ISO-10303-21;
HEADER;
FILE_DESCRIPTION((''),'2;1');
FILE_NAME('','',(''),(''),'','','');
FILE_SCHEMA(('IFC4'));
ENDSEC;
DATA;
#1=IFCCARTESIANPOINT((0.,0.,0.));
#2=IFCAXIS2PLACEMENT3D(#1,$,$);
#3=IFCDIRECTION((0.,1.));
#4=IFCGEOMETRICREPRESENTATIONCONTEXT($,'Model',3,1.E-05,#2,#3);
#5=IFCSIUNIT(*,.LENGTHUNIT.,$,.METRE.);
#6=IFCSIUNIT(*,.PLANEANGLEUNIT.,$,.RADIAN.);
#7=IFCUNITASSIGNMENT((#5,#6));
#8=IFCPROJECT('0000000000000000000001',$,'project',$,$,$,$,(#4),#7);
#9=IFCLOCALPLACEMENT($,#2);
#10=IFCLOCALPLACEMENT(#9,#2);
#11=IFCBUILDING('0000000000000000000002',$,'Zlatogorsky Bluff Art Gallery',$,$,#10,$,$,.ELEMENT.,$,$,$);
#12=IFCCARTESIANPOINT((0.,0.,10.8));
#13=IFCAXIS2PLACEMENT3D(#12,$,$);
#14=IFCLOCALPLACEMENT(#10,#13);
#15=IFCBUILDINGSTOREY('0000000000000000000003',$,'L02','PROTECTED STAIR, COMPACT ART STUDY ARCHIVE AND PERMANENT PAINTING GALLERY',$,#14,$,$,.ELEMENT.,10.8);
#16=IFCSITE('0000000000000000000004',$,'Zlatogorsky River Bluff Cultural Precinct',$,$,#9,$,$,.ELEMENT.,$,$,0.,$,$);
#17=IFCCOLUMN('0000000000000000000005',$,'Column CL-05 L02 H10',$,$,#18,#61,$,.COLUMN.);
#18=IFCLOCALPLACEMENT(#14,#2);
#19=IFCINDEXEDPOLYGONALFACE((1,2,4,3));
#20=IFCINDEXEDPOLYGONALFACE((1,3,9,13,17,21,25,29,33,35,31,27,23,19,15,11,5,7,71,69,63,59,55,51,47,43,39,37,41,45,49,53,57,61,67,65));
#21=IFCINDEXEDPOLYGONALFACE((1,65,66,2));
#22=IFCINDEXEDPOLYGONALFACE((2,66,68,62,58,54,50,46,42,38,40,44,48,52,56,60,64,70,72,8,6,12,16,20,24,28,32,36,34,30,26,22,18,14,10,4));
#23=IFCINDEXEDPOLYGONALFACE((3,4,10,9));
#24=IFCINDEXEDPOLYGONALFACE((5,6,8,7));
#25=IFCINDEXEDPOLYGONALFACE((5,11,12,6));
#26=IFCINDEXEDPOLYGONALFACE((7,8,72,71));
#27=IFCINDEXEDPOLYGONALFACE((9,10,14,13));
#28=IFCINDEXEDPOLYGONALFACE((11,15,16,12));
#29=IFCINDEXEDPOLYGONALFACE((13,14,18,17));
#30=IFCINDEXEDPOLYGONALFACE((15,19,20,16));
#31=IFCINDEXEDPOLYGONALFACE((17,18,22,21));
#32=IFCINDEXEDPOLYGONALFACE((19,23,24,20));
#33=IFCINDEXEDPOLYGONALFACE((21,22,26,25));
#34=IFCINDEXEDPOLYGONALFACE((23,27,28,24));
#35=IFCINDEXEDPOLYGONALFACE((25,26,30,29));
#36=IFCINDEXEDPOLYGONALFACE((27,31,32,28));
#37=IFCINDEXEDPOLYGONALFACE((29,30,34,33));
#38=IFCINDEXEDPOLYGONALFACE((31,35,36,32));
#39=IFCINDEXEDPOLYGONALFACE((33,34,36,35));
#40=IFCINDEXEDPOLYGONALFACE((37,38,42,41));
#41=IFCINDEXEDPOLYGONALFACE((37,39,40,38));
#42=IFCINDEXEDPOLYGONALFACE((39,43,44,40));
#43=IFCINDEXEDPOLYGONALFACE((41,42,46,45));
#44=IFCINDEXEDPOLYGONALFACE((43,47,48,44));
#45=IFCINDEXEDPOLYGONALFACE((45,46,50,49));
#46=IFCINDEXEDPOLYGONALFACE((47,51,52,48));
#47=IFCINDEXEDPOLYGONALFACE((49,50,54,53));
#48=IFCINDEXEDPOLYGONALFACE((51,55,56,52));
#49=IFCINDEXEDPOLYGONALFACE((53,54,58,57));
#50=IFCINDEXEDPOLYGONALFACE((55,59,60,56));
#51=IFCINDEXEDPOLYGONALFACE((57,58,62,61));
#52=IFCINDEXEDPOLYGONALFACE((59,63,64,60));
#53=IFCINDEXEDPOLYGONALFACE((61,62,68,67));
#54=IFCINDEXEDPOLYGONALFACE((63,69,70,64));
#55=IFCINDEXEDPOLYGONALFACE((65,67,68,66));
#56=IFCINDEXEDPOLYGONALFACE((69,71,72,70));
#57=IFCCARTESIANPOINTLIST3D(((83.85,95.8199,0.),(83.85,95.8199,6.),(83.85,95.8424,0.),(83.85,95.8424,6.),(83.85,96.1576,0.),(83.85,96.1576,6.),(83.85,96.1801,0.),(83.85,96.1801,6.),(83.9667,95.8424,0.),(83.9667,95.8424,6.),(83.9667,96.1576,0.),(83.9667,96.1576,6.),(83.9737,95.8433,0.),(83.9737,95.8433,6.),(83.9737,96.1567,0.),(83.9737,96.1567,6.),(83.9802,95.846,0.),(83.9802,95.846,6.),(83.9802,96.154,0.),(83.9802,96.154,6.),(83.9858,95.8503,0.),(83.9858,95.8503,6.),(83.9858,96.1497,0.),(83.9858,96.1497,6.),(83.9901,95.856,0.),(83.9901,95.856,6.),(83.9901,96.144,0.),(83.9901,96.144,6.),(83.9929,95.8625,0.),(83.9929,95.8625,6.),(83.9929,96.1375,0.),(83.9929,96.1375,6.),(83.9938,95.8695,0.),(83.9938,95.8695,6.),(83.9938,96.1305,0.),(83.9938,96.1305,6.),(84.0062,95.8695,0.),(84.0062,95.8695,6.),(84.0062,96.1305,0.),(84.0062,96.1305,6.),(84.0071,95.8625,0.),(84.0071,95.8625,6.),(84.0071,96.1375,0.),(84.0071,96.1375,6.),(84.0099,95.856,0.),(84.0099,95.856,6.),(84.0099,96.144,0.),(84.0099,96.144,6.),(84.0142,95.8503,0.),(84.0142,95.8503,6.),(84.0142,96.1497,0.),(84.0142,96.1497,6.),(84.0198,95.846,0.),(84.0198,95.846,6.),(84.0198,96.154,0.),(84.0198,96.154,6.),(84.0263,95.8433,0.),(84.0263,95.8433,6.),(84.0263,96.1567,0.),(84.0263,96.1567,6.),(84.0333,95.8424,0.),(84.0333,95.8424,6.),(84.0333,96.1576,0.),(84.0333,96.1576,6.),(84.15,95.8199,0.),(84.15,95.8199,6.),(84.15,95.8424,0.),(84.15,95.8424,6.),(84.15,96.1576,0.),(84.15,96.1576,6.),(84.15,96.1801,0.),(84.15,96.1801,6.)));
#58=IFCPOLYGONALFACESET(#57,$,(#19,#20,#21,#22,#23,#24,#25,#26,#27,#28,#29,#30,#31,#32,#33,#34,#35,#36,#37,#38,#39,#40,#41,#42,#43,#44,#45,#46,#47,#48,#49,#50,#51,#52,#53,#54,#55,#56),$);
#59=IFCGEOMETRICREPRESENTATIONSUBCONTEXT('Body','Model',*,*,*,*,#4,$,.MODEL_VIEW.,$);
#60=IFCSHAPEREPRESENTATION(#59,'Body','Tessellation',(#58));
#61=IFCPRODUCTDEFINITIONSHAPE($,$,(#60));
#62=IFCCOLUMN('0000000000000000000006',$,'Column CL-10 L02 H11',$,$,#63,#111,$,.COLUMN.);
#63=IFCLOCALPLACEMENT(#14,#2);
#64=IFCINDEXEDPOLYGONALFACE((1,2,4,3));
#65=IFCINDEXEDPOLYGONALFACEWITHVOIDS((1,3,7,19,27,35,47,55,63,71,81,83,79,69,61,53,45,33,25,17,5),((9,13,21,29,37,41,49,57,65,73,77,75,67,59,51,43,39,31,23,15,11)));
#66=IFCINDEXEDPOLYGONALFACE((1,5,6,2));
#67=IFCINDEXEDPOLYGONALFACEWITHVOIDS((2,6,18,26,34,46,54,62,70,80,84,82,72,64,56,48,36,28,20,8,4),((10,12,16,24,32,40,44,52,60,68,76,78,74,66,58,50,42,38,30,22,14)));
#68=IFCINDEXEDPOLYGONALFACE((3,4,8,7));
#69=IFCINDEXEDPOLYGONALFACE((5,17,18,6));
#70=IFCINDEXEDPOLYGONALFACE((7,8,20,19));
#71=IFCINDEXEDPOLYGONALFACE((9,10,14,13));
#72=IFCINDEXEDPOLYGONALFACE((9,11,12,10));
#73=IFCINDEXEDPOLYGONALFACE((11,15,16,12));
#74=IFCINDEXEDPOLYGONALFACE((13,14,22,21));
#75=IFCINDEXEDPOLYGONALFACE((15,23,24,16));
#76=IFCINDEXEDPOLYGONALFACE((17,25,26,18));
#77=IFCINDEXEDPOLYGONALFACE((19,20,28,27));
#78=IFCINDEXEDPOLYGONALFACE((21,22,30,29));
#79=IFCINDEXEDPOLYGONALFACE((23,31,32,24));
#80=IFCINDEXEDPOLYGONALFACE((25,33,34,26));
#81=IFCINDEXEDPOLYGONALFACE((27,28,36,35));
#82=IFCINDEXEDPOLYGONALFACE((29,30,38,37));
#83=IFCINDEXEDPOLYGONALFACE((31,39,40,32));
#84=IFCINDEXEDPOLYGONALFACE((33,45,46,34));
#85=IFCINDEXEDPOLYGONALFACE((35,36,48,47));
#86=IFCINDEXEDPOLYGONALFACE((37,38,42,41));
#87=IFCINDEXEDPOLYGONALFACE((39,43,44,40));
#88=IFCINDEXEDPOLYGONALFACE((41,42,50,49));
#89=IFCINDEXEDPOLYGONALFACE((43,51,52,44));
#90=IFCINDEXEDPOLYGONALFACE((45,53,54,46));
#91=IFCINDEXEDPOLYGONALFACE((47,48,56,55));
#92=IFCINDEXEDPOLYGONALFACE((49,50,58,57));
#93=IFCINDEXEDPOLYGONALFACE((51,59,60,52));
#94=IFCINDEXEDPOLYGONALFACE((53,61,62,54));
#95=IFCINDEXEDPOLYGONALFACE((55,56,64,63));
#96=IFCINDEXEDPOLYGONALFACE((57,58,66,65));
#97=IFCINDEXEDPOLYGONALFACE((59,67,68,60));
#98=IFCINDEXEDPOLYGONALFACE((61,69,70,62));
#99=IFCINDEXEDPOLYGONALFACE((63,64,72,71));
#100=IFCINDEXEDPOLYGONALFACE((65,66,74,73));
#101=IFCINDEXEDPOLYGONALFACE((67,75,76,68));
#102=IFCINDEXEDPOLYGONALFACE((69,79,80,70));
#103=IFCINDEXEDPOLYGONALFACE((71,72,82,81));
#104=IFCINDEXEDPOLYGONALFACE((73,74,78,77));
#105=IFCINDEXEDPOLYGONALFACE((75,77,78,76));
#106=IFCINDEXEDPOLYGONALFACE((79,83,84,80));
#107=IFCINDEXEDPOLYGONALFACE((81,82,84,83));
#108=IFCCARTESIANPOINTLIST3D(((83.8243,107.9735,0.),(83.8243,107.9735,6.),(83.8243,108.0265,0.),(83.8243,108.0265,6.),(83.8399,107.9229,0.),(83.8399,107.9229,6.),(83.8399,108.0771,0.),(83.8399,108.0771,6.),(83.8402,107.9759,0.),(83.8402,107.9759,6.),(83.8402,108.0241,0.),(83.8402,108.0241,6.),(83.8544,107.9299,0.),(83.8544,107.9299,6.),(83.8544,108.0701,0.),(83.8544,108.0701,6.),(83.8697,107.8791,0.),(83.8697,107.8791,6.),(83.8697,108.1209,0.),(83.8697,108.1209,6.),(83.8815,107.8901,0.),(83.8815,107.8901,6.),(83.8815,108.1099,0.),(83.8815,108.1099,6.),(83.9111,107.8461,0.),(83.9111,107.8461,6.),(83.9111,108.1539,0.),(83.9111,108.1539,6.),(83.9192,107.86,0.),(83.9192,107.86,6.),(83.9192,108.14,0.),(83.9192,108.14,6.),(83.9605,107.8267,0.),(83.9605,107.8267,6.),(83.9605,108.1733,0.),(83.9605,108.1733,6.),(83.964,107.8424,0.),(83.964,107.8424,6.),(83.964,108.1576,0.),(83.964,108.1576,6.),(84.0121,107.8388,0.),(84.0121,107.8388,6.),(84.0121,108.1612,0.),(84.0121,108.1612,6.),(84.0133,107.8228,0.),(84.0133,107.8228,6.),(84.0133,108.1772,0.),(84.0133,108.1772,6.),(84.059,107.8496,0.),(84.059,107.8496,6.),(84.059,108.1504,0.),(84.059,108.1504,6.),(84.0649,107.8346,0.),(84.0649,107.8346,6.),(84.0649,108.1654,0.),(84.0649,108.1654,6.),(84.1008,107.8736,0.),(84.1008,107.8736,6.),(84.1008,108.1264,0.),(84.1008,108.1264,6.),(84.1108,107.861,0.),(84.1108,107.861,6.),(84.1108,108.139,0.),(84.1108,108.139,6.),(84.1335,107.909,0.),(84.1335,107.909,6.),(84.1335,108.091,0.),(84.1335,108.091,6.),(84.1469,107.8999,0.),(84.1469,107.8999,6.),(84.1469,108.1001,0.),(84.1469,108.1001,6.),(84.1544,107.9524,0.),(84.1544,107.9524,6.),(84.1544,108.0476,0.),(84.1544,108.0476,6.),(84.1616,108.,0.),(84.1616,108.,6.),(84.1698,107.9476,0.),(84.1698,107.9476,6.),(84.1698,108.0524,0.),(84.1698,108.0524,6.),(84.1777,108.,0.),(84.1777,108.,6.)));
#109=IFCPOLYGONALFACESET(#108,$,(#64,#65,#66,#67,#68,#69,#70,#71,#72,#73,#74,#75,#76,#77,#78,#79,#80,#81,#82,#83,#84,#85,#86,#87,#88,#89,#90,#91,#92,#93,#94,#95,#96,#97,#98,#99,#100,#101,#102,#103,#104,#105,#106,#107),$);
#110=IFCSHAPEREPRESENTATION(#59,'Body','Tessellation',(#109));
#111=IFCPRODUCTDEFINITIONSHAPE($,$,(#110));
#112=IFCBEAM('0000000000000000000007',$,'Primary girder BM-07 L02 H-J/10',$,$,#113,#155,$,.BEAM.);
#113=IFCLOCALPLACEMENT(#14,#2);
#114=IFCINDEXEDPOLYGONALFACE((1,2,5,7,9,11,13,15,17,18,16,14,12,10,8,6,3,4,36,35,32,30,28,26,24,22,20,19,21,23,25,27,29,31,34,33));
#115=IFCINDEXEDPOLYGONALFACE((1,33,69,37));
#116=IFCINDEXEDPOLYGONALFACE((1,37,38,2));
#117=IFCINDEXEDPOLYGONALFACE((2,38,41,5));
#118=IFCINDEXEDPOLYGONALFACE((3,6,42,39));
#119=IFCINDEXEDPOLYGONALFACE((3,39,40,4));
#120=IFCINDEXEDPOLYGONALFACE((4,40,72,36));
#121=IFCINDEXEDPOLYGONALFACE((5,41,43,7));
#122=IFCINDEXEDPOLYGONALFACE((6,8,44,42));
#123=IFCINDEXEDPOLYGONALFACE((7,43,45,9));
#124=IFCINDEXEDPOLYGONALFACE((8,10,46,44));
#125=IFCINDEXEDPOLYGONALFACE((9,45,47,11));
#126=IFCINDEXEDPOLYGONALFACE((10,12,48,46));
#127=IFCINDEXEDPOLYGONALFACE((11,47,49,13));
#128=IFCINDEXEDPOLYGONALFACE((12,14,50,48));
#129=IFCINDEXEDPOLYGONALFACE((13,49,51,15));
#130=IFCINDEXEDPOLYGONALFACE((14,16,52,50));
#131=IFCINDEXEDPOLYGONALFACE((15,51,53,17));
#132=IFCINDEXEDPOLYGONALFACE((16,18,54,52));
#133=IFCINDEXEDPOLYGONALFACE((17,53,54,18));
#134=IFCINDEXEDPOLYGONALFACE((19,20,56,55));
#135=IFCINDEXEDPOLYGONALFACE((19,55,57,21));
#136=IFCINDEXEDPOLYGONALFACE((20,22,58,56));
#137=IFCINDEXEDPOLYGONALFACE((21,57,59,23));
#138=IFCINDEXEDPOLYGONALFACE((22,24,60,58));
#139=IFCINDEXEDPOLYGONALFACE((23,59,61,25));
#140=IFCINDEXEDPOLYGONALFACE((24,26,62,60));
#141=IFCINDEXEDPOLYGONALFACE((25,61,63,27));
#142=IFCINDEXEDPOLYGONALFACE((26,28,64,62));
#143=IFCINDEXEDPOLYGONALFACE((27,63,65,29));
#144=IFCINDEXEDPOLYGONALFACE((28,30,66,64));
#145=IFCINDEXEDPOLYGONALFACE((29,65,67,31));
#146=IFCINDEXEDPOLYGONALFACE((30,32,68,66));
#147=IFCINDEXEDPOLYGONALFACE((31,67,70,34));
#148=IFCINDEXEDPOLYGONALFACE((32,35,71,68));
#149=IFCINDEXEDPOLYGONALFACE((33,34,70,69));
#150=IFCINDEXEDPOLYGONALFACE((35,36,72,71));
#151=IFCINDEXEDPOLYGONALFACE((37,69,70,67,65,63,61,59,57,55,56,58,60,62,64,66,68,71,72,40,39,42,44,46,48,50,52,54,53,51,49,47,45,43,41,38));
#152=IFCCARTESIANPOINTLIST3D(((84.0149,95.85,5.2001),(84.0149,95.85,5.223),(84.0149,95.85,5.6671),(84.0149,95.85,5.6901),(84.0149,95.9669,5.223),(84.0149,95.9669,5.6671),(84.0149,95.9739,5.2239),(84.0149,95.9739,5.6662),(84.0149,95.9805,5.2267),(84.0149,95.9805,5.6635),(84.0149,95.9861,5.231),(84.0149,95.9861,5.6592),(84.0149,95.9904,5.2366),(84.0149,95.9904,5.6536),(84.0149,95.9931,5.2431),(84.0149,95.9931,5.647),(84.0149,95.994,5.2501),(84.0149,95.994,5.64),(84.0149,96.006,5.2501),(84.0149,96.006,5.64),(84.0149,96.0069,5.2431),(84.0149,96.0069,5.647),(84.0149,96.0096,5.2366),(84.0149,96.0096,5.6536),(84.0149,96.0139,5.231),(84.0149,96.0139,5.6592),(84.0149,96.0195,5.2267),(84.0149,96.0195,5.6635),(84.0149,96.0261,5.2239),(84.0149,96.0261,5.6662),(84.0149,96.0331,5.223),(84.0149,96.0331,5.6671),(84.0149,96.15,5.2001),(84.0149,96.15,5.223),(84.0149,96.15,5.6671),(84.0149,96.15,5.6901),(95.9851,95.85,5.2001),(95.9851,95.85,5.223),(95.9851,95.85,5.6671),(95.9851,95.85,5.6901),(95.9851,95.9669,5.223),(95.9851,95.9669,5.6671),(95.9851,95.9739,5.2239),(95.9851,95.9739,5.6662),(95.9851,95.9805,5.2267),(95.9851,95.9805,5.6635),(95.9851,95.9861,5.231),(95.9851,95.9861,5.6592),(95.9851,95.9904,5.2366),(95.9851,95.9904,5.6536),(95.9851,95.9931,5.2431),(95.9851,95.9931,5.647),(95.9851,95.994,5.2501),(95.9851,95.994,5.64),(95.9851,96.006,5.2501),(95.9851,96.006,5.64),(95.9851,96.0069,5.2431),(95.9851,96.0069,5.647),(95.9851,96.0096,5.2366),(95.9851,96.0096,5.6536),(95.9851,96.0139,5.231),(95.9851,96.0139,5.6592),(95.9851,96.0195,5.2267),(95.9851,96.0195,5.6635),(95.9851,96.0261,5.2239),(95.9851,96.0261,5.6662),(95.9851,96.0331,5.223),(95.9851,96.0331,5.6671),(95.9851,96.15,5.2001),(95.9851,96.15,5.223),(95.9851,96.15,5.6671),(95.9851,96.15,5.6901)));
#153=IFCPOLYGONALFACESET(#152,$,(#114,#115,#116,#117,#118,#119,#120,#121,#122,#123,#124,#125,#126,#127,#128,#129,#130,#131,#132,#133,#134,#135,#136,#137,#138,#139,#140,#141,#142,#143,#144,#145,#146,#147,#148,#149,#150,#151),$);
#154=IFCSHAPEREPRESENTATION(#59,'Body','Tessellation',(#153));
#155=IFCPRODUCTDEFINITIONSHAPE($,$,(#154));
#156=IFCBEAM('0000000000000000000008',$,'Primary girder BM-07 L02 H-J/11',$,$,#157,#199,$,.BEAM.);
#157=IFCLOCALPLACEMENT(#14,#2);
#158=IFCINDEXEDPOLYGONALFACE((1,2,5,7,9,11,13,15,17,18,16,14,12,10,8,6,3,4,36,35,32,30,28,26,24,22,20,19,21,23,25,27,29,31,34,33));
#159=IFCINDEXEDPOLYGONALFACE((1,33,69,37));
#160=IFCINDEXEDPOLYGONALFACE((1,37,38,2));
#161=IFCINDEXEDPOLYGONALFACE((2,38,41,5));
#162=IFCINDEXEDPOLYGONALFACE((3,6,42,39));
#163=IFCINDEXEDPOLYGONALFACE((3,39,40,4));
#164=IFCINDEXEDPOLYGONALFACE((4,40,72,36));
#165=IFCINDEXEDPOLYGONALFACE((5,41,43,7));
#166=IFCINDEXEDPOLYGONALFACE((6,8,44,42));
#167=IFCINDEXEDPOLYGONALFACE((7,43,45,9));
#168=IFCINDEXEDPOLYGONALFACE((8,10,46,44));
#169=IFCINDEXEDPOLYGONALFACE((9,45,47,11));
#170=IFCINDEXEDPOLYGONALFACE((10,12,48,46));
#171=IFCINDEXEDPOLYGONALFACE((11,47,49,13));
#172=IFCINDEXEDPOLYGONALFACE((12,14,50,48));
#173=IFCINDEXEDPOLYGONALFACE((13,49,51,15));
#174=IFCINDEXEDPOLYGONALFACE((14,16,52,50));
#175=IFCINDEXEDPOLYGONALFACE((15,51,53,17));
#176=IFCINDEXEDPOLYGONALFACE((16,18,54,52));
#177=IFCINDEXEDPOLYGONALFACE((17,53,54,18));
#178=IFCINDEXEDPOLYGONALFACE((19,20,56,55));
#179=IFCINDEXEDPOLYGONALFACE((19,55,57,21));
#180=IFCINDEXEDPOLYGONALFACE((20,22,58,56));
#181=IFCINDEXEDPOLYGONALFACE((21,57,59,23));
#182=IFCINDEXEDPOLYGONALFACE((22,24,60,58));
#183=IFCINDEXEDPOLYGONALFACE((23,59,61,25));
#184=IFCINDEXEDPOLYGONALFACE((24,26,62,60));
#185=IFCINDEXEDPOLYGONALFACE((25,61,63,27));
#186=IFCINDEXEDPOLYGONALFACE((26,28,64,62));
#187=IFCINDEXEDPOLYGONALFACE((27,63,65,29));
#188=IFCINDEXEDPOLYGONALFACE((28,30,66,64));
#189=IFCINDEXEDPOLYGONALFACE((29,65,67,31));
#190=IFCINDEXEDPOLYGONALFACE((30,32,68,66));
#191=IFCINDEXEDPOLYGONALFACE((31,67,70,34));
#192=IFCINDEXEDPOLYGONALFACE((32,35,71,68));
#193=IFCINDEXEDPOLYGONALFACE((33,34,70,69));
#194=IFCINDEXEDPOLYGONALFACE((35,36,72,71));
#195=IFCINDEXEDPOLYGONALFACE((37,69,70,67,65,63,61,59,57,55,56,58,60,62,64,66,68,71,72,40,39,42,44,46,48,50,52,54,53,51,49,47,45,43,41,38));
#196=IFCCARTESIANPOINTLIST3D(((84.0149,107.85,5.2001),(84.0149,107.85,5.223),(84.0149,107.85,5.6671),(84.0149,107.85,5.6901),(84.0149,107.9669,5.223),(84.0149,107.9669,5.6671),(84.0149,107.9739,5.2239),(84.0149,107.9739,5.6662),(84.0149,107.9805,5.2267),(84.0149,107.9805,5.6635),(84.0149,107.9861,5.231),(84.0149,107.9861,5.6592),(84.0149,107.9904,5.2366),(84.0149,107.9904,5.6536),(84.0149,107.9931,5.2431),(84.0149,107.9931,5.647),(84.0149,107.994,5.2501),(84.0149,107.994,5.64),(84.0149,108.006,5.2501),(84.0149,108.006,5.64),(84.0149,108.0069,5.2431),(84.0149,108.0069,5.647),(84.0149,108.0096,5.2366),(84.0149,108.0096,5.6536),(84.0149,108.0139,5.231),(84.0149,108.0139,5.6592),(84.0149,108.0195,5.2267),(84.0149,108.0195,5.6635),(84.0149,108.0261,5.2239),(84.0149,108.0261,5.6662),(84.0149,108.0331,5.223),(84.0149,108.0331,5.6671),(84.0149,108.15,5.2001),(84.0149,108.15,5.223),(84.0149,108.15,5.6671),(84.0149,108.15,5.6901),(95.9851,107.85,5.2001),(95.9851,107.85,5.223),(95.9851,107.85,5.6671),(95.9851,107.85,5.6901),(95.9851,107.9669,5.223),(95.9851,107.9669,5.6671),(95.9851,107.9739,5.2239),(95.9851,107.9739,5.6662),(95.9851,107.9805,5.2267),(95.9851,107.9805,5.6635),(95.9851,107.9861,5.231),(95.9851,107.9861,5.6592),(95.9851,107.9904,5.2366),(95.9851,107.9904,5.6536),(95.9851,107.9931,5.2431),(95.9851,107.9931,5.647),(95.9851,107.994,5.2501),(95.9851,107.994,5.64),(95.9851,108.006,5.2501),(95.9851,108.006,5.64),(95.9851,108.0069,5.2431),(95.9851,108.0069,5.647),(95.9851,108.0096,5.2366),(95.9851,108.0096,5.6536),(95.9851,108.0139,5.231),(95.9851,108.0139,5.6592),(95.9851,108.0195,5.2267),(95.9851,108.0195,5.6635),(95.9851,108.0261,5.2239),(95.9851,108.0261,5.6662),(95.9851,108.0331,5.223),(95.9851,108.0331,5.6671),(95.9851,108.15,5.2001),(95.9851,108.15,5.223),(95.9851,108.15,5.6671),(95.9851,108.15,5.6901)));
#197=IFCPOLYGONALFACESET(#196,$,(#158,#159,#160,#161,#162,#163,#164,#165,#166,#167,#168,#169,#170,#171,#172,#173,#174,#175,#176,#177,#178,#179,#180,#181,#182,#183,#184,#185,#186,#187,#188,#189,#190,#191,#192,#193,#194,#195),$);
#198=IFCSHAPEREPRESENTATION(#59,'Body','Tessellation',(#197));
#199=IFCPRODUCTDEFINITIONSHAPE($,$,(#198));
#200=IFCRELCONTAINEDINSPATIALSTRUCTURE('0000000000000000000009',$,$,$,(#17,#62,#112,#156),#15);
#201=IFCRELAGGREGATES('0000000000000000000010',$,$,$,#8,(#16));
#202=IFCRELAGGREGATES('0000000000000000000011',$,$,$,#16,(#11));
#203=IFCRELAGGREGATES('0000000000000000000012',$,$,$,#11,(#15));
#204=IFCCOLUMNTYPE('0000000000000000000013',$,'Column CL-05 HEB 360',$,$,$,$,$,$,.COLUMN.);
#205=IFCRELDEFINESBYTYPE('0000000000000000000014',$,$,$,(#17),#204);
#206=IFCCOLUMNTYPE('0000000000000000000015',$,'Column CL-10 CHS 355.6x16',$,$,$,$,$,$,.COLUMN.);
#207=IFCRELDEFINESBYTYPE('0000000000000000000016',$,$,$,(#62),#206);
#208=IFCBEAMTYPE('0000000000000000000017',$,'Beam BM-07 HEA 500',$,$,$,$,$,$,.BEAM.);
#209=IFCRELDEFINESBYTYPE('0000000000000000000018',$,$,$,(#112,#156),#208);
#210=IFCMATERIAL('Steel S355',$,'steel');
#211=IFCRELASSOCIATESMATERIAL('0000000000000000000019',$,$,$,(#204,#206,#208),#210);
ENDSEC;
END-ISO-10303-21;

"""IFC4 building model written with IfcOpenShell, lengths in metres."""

from ifc_helpers import new_model, si_unit, direction, frame, origin, origin_2d, place, context, subcontext, project, spatial, hollow_circle, i_section, extrude, material, material_profile, profile_set, type_object, element, save


model = new_model("IFC4")

# Units and contexts
model_context = context("Model", 3, precision=1e-05, world=origin(), true_north=direction((0.0, 1.0)))
body_context = subcontext(model_context, "Body", "Model", "MODEL_VIEW")
ifc_project = project(units=[si_unit("LENGTHUNIT", "METRE"), si_unit("PLANEANGLEUNIT", "RADIAN")], contexts=[model_context])

# Site, building, storey
site_placement = place(None, origin())
site = spatial("IfcSite", under=ifc_project, at=site_placement, Name="Zlatogorsky River Bluff Cultural Precinct", CompositionType="ELEMENT", RefElevation=0.0)
building_placement = place(site_placement, origin())
building = spatial("IfcBuilding", under=site, at=building_placement, Name="Zlatogorsky Bluff Art Gallery", CompositionType="ELEMENT")
storey_placement = place(building_placement, frame((0.0, 0.0, 10.8)))
storey = spatial("IfcBuildingStorey", under=building, at=storey_placement, Name="L02", Description="PROTECTED STAIR, COMPACT ART STUDY ARCHIVE AND PERMANENT PAINTING GALLERY", CompositionType="ELEMENT", Elevation=10.8)

# Columns
ifc_material_1 = material(Name="Steel S355", Category="steel")
ifc_material_profile_1 = material_profile(ifc_material_1, i_section(OverallWidth=0.3, OverallDepth=0.3601, WebThickness=0.0125, FlangeThickness=0.0225, FilletRadius=0.0271, at=origin_2d()), Name="HEB 360")
ifc_profile_set_1 = profile_set([ifc_material_profile_1], Name="Steel S355")
column_type_1 = type_object("IfcColumnType", Name="Column CL-05 HEB 360", PredefinedType="COLUMN", material=ifc_profile_set_1)
column_1_placement = place(storey_placement, frame((84.0, 96.0, 0.0), z_axis=(0.0, 0.0, 1.0), x_axis=(1.0, 0.0, 0.0)))
element("IfcColumn", 1, at=column_1_placement, inside=storey, type_object=column_type_1, Name="Column CL-05 L02 H10", PredefinedType="COLUMN", context=body_context, shape_type="SweptSolid", body=[
    extrude(i_section(OverallWidth=0.3, OverallDepth=0.3601, WebThickness=0.0125, FlangeThickness=0.0225, FilletRadius=0.0271, at=origin_2d()), origin(), (0.0, 0.0, 1.0), 6.0),
])
ifc_material_profile_2 = material_profile(ifc_material_1, hollow_circle(Radius=0.1777, WallThickness=0.0161, at=origin_2d()), Name="CHS 355.6x16")
ifc_profile_set_2 = profile_set([ifc_material_profile_2], Name="Steel S355")
column_type_2 = type_object("IfcColumnType", Name="Column CL-10 CHS 355.6x16", PredefinedType="COLUMN", material=ifc_profile_set_2)
column_2_placement = place(storey_placement, frame((84.0, 108.0, 0.0), z_axis=(0.0, 0.0, 1.0), x_axis=(1.0, 0.0, 0.0)))
element("IfcColumn", 2, at=column_2_placement, inside=storey, type_object=column_type_2, Name="Column CL-10 L02 H11", PredefinedType="COLUMN", context=body_context, shape_type="SweptSolid", body=[
    extrude(hollow_circle(Radius=0.1777, WallThickness=0.0161, at=origin_2d()), origin(), (0.0, 0.0, 1.0), 6.0),
])

# Beams
ifc_material_profile_3 = material_profile(ifc_material_1, i_section(OverallWidth=0.3, OverallDepth=0.49, WebThickness=0.012, FlangeThickness=0.0229, FilletRadius=0.0271, at=origin_2d()), Name="HEA 500")
ifc_profile_set_3 = profile_set([ifc_material_profile_3], Name="Steel S355")
beam_type_1 = type_object("IfcBeamType", Name="Beam BM-07 HEA 500", PredefinedType="BEAM", material=ifc_profile_set_3)
for number, where, z_axis, x_axis, name in (
    (3, (84.0149, 96.0, 5.4451), (1.0, 0.0, 0.0), (0.0, 1.0, 0.0), "Primary girder BM-07 L02 H-J/10"),
    (4, (84.0149, 108.0, 5.4451), (1.0, 0.0, 0.0), (0.0, 1.0, 0.0), "Primary girder BM-07 L02 H-J/11"),
):
    element("IfcBeam", number, at=place(storey_placement, frame(where, z_axis=z_axis, x_axis=x_axis)), inside=storey, type_object=beam_type_1, Name=name, PredefinedType="BEAM", context=body_context, shape_type="SweptSolid", body=[
        extrude(i_section(OverallWidth=0.3, OverallDepth=0.49, WebThickness=0.012, FlangeThickness=0.0229, FilletRadius=0.0271, at=origin_2d()), origin(), (0.0, 0.0, 1.0), 11.9702),
    ])

save(model, "model.ifc")
